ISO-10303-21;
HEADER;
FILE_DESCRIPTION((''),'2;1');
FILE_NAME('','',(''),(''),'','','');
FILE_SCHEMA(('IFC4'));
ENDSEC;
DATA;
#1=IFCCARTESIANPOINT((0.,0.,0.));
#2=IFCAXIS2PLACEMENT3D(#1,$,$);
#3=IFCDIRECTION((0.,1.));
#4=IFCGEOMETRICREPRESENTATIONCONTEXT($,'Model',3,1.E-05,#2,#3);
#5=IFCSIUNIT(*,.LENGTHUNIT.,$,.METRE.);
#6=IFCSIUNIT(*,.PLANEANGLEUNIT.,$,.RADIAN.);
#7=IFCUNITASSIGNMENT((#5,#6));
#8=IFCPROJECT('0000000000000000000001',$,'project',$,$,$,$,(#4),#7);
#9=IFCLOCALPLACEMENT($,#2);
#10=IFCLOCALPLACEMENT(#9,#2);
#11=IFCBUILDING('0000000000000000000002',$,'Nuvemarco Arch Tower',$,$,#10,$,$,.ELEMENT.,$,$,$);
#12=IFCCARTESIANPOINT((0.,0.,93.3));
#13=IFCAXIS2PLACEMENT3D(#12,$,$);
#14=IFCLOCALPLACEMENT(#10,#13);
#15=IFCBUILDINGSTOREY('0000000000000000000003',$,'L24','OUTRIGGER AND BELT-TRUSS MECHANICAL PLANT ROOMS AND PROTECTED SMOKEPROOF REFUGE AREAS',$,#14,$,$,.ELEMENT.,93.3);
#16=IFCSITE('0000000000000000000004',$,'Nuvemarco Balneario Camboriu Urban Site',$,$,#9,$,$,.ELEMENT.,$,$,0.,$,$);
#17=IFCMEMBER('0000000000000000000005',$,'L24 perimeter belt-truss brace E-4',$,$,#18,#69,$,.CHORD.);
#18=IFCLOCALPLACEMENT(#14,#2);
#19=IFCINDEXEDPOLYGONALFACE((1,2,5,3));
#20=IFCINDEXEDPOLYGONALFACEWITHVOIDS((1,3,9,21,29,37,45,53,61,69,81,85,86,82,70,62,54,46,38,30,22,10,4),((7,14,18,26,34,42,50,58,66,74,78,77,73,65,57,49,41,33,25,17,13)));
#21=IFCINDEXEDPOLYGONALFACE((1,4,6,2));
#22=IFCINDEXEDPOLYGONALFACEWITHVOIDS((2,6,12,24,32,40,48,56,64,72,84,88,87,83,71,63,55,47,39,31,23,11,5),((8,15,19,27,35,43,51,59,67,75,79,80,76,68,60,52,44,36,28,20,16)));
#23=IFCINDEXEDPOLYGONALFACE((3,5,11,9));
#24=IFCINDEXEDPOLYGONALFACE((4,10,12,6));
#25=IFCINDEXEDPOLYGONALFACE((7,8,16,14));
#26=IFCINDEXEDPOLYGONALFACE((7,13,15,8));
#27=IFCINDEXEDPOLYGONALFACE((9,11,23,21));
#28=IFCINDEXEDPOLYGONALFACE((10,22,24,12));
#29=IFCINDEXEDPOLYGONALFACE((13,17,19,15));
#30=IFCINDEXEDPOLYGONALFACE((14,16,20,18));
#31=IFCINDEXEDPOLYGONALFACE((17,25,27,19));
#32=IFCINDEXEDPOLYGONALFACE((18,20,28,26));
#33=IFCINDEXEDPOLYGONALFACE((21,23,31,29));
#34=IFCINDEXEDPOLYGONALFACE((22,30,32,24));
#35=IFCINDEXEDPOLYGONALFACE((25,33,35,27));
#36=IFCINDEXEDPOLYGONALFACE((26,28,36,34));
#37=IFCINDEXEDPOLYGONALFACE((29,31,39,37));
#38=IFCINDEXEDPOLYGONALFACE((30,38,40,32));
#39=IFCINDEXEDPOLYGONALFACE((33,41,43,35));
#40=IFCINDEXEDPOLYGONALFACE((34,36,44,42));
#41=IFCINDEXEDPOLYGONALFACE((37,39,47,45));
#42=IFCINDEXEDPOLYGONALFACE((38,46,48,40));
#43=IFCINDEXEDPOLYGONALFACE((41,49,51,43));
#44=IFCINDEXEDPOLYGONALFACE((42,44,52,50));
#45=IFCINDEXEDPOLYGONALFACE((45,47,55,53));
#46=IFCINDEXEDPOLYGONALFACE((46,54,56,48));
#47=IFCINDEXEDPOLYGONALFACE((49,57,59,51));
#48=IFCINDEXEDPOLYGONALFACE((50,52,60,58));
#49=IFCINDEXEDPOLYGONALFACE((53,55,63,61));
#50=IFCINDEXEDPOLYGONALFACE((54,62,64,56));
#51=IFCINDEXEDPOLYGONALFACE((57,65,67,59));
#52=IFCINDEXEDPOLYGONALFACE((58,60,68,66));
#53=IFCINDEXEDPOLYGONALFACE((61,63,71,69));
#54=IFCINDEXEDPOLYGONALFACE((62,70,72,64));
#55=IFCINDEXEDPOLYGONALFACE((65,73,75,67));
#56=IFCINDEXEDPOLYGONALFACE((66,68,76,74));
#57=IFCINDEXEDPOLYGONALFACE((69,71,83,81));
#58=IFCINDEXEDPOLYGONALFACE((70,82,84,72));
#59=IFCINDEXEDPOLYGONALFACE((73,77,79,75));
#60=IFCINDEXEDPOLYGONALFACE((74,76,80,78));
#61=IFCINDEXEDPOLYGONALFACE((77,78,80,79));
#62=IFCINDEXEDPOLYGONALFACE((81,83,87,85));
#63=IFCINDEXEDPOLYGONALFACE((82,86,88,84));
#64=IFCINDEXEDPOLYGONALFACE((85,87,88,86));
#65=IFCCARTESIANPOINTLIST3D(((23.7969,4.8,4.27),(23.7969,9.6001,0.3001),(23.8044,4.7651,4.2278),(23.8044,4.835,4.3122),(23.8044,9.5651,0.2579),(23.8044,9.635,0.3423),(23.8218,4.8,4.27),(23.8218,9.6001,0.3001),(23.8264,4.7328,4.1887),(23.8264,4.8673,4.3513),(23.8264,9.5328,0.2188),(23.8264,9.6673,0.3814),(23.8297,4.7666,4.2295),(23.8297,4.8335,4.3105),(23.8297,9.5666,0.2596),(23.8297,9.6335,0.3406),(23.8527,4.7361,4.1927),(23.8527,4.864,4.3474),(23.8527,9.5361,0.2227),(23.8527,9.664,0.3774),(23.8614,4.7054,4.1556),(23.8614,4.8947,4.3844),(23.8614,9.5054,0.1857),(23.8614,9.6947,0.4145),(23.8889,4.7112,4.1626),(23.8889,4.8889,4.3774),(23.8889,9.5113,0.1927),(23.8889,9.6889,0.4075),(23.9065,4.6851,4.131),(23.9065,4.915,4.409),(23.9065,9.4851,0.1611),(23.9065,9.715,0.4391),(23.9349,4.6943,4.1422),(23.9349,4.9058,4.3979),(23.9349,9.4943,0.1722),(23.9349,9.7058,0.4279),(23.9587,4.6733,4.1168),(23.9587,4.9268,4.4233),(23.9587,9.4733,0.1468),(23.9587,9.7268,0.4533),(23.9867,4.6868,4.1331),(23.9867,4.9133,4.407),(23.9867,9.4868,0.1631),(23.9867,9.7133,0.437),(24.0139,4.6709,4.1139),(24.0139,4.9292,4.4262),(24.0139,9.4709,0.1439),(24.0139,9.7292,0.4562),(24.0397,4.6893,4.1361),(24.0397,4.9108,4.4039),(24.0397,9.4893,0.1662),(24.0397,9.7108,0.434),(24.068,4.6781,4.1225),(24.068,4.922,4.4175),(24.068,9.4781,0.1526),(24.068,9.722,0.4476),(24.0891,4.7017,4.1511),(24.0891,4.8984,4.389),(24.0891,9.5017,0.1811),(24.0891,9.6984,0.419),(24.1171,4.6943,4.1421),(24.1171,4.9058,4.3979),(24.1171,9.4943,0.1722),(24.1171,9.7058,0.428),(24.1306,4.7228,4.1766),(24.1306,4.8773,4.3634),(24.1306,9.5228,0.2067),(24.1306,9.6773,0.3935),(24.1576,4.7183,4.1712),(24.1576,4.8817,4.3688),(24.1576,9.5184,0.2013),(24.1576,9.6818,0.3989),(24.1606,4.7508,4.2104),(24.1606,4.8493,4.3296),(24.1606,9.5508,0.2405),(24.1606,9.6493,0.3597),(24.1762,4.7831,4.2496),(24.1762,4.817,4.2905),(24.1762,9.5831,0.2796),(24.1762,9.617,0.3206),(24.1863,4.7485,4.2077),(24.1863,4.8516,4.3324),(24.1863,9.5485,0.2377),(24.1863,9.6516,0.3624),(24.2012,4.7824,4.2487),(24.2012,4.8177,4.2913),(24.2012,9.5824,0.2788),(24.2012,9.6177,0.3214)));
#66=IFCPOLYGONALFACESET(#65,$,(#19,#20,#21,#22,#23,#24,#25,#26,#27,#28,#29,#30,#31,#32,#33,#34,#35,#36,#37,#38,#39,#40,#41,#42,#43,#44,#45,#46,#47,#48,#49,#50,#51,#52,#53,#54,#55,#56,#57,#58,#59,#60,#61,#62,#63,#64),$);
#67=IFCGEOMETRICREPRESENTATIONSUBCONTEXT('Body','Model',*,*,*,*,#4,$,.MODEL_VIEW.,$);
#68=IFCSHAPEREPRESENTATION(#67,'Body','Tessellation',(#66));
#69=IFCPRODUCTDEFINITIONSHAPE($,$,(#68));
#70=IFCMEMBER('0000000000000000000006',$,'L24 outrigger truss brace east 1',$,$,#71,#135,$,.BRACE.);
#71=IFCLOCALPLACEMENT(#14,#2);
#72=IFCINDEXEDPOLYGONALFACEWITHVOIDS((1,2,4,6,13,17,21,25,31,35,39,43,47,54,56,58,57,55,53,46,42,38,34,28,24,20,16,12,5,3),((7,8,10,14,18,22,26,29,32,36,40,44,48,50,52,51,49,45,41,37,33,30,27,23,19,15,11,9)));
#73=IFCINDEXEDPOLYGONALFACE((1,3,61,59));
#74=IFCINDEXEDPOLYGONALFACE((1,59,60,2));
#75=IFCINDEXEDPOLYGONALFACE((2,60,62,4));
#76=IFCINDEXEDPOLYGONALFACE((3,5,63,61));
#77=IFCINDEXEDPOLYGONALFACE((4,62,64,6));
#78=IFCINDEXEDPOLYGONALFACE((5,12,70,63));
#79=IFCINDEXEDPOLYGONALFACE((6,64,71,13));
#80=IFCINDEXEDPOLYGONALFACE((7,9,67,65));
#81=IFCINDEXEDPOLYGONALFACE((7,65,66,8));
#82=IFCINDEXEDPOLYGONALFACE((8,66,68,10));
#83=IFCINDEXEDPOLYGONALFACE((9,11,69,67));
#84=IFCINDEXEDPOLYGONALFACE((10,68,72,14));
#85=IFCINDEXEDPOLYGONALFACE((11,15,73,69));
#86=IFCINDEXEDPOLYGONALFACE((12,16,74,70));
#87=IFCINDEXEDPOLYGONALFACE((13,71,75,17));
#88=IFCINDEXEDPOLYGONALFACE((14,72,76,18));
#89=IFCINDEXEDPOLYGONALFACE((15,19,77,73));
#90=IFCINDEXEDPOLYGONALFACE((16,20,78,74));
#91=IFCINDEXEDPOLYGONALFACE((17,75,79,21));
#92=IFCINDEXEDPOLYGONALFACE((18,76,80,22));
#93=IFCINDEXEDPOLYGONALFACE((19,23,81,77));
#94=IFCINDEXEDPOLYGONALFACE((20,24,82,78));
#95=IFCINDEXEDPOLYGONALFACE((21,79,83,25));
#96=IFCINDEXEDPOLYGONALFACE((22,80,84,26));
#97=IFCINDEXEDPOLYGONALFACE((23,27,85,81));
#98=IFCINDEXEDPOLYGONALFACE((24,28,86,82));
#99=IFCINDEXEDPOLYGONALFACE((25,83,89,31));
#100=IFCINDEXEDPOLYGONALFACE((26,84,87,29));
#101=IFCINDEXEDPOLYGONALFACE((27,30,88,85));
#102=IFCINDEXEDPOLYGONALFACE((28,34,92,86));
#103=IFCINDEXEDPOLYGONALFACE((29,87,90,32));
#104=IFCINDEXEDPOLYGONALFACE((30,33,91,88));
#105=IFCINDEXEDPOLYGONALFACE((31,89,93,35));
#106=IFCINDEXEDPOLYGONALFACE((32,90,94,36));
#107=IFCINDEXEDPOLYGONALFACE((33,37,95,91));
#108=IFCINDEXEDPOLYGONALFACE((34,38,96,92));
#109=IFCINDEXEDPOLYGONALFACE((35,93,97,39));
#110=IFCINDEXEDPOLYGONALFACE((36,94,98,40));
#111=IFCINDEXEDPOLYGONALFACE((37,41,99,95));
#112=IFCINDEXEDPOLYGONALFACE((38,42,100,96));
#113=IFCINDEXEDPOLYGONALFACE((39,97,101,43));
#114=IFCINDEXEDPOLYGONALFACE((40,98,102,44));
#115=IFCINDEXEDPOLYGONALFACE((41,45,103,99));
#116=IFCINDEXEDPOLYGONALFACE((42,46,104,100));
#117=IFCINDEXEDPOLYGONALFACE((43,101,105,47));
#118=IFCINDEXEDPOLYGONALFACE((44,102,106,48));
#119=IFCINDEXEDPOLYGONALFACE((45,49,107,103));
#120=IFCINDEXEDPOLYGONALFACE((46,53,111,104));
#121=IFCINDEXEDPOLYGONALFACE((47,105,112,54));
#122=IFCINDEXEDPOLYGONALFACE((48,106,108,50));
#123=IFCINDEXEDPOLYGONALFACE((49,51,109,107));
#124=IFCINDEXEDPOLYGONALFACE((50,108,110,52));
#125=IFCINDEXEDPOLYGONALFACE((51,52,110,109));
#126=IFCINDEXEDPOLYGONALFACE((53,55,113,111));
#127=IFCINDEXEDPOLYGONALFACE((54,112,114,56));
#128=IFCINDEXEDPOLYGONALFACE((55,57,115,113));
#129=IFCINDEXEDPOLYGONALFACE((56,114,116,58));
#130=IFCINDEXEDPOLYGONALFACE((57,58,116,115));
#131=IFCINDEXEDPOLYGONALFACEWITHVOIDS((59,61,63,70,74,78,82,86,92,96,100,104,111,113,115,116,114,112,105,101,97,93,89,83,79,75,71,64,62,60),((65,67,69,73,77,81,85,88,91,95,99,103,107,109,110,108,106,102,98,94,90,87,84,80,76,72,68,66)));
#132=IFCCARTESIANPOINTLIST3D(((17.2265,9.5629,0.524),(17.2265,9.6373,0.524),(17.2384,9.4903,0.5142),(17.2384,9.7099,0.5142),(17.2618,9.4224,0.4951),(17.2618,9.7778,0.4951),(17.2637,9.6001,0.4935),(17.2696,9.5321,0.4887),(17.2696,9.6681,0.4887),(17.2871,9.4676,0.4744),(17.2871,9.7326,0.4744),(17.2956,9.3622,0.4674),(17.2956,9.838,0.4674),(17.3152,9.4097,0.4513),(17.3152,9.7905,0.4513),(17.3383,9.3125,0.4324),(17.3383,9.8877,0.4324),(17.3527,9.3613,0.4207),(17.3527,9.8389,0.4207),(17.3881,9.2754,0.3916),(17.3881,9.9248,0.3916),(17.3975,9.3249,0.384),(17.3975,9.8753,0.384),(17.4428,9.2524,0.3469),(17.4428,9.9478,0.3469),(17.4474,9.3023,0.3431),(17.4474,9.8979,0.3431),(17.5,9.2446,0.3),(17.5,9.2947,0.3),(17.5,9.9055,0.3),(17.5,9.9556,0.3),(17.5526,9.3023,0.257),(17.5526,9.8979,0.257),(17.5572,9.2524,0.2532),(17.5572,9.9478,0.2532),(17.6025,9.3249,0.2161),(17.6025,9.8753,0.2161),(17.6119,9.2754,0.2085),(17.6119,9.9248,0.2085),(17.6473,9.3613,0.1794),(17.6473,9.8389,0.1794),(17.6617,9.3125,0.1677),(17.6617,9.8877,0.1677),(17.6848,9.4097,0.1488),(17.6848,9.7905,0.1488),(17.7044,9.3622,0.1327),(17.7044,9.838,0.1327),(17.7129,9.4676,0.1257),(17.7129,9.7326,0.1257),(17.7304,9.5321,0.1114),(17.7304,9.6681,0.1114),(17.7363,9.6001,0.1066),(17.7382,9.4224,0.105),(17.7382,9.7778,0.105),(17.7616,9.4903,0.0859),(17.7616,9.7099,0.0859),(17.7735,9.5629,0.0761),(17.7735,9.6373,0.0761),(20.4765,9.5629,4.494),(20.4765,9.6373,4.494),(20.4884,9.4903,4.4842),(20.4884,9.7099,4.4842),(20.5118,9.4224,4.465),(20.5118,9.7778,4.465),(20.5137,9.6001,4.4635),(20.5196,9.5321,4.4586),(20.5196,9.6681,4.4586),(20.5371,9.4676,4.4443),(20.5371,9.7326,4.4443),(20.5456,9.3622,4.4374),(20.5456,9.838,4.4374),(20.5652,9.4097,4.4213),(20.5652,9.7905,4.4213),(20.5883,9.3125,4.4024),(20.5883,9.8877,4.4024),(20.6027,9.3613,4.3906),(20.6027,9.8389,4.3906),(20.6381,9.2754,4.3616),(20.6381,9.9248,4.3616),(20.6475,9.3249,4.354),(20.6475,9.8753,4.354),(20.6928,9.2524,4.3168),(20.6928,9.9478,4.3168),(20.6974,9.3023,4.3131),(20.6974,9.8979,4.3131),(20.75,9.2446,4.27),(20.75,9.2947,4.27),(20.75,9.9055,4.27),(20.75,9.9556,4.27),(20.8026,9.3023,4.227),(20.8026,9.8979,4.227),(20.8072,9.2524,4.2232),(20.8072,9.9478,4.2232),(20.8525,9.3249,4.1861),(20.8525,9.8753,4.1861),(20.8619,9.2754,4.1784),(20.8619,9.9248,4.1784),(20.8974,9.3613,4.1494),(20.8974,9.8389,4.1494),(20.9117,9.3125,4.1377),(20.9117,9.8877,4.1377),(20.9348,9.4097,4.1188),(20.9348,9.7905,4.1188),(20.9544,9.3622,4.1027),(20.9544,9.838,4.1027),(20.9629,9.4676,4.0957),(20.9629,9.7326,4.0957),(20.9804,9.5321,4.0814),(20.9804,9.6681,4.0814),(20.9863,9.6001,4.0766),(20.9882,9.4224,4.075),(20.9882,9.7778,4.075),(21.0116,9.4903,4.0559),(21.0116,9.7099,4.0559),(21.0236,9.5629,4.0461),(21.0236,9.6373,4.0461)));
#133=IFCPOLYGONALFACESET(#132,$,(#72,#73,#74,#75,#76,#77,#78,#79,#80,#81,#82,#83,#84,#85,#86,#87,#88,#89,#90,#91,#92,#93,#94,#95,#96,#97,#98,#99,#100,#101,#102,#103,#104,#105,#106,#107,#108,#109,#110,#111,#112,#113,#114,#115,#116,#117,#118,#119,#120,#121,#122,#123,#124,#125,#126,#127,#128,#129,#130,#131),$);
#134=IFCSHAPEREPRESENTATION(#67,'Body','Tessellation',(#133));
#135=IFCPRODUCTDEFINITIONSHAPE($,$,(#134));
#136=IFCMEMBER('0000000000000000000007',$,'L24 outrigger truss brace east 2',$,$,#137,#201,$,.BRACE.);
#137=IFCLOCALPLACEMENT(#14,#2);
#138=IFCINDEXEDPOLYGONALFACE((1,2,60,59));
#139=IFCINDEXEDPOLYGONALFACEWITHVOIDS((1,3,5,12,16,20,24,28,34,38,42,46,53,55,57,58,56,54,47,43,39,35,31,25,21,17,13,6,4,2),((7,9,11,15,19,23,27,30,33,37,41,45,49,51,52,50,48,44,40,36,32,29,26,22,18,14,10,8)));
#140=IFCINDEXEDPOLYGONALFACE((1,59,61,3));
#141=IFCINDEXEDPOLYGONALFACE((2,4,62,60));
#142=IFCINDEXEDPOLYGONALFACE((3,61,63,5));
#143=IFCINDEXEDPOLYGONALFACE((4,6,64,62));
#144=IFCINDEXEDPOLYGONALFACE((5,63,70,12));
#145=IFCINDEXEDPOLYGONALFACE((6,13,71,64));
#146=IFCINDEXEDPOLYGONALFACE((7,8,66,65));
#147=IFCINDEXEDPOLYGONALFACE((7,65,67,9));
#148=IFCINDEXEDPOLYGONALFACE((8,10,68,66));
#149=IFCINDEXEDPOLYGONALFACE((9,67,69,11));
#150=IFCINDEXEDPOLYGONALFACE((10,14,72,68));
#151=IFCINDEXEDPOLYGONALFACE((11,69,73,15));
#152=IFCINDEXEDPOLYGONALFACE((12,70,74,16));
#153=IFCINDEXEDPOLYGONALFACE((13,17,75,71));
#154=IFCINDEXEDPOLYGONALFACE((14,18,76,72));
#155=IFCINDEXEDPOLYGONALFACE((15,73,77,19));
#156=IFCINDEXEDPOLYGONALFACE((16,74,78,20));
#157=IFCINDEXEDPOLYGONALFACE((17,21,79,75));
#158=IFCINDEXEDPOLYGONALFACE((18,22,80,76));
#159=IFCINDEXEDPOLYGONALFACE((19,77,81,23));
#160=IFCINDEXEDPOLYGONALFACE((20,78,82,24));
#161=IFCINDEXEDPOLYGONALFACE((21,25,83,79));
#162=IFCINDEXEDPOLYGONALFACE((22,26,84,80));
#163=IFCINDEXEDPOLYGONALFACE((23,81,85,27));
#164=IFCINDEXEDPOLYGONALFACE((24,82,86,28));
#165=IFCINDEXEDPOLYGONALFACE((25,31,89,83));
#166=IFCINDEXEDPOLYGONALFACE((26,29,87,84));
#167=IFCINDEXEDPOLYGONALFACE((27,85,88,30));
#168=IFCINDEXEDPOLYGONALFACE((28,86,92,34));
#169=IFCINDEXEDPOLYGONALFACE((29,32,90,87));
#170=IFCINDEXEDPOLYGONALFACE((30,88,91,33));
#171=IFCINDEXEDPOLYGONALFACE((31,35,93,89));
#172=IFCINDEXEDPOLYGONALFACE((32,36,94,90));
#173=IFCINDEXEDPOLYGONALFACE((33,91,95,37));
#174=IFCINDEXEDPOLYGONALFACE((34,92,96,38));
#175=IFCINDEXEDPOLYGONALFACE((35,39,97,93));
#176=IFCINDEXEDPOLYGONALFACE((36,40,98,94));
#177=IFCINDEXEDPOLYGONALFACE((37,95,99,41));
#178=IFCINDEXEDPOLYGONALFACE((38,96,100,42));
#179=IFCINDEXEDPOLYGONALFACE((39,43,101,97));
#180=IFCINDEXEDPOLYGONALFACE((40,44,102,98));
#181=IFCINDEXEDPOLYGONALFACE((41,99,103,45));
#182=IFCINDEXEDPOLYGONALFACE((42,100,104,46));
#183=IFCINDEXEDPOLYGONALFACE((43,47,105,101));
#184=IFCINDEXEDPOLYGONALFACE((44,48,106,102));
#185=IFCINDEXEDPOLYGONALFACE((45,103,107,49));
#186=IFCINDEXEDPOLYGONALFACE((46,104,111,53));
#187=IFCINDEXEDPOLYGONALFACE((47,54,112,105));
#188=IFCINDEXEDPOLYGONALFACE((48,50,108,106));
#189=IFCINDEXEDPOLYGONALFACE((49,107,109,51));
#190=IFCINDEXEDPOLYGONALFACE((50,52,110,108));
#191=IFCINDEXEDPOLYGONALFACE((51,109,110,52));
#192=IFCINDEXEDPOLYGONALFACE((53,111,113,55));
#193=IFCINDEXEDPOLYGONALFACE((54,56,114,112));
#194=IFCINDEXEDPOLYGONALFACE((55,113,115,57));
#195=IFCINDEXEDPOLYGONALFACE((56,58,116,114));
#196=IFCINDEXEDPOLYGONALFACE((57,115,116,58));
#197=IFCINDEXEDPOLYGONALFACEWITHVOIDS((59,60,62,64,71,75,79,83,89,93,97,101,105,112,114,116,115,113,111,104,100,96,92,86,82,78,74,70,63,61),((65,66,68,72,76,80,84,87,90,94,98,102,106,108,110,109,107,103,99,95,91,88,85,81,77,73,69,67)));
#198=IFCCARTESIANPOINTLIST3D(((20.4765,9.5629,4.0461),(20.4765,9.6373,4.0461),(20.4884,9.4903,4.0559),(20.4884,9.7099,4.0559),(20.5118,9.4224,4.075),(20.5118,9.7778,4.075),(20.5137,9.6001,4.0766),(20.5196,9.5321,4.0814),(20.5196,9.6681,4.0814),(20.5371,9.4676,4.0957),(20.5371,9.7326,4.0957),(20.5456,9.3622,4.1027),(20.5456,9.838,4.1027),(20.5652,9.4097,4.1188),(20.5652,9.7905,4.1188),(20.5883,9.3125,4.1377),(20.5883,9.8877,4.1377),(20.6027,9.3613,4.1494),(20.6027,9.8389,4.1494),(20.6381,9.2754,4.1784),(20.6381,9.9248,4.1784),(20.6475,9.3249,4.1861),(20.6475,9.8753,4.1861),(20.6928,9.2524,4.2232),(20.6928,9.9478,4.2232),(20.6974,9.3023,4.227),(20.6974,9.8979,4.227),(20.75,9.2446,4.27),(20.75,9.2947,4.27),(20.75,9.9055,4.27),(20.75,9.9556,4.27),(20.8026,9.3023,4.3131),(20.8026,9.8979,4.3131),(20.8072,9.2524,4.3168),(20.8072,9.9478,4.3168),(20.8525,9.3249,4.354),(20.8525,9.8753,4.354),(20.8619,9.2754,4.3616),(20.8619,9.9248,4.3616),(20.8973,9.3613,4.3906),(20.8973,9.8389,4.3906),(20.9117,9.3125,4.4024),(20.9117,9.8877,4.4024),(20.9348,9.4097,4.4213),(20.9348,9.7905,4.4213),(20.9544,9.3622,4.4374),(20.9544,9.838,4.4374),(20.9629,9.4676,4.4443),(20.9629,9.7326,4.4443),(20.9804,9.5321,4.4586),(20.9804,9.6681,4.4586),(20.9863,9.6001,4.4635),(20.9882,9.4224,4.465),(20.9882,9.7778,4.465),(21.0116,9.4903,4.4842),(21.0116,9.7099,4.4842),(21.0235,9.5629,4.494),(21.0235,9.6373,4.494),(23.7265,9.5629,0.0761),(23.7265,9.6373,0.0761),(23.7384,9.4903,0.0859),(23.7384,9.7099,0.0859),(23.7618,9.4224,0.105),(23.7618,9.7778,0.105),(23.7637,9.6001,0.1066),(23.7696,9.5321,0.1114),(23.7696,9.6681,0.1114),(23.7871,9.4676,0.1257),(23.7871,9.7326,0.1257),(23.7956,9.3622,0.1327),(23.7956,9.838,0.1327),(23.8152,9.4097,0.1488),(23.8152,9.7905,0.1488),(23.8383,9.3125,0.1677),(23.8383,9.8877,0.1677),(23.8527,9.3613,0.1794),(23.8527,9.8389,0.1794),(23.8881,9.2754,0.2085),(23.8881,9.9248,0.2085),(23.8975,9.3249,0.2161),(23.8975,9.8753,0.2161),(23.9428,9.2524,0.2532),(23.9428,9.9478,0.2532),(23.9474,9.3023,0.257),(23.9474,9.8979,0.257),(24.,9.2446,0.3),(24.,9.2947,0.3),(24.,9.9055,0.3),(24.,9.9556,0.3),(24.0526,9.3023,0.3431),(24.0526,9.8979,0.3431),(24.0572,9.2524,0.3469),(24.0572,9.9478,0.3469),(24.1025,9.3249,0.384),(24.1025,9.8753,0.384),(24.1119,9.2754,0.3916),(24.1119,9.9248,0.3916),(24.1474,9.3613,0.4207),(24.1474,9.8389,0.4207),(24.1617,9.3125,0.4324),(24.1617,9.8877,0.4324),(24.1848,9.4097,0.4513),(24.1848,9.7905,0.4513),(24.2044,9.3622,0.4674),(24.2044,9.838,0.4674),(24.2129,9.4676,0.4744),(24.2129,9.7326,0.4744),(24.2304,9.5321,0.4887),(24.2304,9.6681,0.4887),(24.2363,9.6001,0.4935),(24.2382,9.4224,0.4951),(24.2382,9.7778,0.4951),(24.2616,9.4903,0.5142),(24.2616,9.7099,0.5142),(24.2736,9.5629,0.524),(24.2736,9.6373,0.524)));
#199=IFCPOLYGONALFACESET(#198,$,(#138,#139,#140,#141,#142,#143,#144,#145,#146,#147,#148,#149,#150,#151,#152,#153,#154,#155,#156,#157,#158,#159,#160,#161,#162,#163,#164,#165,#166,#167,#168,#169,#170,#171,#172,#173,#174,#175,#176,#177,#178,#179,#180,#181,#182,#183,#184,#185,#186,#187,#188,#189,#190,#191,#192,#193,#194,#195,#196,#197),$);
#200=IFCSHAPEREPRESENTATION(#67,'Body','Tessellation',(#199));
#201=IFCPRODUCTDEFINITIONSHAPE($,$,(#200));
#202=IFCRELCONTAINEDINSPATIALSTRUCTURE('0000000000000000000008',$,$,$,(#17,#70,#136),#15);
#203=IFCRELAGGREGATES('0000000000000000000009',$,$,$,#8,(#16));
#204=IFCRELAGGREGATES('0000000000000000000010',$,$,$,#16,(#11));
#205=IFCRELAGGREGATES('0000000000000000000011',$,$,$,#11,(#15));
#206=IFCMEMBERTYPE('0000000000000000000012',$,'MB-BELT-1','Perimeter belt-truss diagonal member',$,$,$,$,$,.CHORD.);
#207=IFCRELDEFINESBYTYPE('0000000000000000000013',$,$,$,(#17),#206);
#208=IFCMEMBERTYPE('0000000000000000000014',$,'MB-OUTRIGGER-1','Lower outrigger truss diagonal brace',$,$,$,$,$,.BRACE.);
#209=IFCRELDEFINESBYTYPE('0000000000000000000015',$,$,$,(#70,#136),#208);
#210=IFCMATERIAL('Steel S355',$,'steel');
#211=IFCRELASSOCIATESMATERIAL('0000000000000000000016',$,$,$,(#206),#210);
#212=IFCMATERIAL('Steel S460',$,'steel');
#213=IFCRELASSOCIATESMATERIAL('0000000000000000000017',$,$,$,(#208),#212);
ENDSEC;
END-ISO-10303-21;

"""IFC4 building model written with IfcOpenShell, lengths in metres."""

from ifc_helpers import new_model, si_unit, direction, frame, origin, origin_2d, place, context, subcontext, project, spatial, hollow_circle, extrude, material, material_profile, profile_set, type_object, element, save


model = new_model("IFC4")

# Units and contexts
model_context = context("Model", 3, precision=1e-05, world=origin(), true_north=direction((0.0, 1.0)))
body_context = subcontext(model_context, "Body", "Model", "MODEL_VIEW")
ifc_project = project(units=[si_unit("LENGTHUNIT", "METRE"), si_unit("PLANEANGLEUNIT", "RADIAN")], contexts=[model_context])

# Site, building, storey
site_placement = place(None, origin())
site = spatial("IfcSite", under=ifc_project, at=site_placement, Name="Nuvemarco Balneario Camboriu Urban Site", CompositionType="ELEMENT", RefElevation=0.0)
building_placement = place(site_placement, origin())
building = spatial("IfcBuilding", under=site, at=building_placement, Name="Nuvemarco Arch Tower", CompositionType="ELEMENT")
storey_placement = place(building_placement, frame((0.0, 0.0, 93.3)))
storey = spatial("IfcBuildingStorey", under=building, at=storey_placement, Name="L24", Description="OUTRIGGER AND BELT-TRUSS MECHANICAL PLANT ROOMS AND PROTECTED SMOKEPROOF REFUGE AREAS", CompositionType="ELEMENT", Elevation=93.3)

# Shared definitions
ifc_material_1 = material(Name="Steel S460", Category="steel")
ifc_material_2 = material(Name="Steel S355", Category="steel")

# Members
ifc_material_profile_1 = material_profile(ifc_material_2, hollow_circle(Radius=0.2031, WallThickness=0.0249, at=origin_2d()), Name="CHS406.4x25")
ifc_profile_set_1 = profile_set([ifc_material_profile_1], Name="Steel S355")
member_type_1 = type_object("IfcMemberType", Name="MB-BELT-1", Description="Perimeter belt-truss diagonal member", PredefinedType="CHORD", material=ifc_profile_set_1)
for number, where, z_axis, x_axis, name in (
    (1, (24.0, 4.8, 4.27), (0.0, 0.77059, -0.637331), (-1.0, 0.0, 0.0), "L24 perimeter belt-truss brace E-4"),
):
    element("IfcMember", number, at=place(storey_placement, frame(where, z_axis=z_axis, x_axis=x_axis)), inside=storey, type_object=member_type_1, Name=name, PredefinedType="CHORD", context=body_context, shape_type="SweptSolid", body=[
        extrude(hollow_circle(Radius=0.2031, WallThickness=0.0249, at=origin_2d()), origin(), (0.0, 0.0, 1.0), 6.229),
    ])
ifc_material_profile_2 = material_profile(ifc_material_1, hollow_circle(Radius=0.3555, WallThickness=0.05, at=origin_2d()), Name="CHS711x50")
ifc_profile_set_2 = profile_set([ifc_material_profile_2], Name="Steel S460")
member_type_2 = type_object("IfcMemberType", Name="MB-OUTRIGGER-1", Description="Lower outrigger truss diagonal brace", PredefinedType="BRACE", material=ifc_profile_set_2)
for number, where, z_axis, x_axis, name in (
    (2, (17.5, 9.6001, 0.3), (0.633453, 0.0, 0.773781), (0.0, 1.0, 0.0), "L24 outrigger truss brace east 1"),
    (3, (20.75, 9.6001, 4.27), (0.633453, 0.0, -0.773781), (0.0, 1.0, 0.0), "L24 outrigger truss brace east 2"),
):
    element("IfcMember", number, at=place(storey_placement, frame(where, z_axis=z_axis, x_axis=x_axis)), inside=storey, type_object=member_type_2, Name=name, PredefinedType="BRACE", context=body_context, shape_type="SweptSolid", body=[
        extrude(hollow_circle(Radius=0.3555, WallThickness=0.05, at=origin_2d()), origin(), (0.0, 0.0, 1.0), 5.1306),
    ])

save(model, "model.ifc")
